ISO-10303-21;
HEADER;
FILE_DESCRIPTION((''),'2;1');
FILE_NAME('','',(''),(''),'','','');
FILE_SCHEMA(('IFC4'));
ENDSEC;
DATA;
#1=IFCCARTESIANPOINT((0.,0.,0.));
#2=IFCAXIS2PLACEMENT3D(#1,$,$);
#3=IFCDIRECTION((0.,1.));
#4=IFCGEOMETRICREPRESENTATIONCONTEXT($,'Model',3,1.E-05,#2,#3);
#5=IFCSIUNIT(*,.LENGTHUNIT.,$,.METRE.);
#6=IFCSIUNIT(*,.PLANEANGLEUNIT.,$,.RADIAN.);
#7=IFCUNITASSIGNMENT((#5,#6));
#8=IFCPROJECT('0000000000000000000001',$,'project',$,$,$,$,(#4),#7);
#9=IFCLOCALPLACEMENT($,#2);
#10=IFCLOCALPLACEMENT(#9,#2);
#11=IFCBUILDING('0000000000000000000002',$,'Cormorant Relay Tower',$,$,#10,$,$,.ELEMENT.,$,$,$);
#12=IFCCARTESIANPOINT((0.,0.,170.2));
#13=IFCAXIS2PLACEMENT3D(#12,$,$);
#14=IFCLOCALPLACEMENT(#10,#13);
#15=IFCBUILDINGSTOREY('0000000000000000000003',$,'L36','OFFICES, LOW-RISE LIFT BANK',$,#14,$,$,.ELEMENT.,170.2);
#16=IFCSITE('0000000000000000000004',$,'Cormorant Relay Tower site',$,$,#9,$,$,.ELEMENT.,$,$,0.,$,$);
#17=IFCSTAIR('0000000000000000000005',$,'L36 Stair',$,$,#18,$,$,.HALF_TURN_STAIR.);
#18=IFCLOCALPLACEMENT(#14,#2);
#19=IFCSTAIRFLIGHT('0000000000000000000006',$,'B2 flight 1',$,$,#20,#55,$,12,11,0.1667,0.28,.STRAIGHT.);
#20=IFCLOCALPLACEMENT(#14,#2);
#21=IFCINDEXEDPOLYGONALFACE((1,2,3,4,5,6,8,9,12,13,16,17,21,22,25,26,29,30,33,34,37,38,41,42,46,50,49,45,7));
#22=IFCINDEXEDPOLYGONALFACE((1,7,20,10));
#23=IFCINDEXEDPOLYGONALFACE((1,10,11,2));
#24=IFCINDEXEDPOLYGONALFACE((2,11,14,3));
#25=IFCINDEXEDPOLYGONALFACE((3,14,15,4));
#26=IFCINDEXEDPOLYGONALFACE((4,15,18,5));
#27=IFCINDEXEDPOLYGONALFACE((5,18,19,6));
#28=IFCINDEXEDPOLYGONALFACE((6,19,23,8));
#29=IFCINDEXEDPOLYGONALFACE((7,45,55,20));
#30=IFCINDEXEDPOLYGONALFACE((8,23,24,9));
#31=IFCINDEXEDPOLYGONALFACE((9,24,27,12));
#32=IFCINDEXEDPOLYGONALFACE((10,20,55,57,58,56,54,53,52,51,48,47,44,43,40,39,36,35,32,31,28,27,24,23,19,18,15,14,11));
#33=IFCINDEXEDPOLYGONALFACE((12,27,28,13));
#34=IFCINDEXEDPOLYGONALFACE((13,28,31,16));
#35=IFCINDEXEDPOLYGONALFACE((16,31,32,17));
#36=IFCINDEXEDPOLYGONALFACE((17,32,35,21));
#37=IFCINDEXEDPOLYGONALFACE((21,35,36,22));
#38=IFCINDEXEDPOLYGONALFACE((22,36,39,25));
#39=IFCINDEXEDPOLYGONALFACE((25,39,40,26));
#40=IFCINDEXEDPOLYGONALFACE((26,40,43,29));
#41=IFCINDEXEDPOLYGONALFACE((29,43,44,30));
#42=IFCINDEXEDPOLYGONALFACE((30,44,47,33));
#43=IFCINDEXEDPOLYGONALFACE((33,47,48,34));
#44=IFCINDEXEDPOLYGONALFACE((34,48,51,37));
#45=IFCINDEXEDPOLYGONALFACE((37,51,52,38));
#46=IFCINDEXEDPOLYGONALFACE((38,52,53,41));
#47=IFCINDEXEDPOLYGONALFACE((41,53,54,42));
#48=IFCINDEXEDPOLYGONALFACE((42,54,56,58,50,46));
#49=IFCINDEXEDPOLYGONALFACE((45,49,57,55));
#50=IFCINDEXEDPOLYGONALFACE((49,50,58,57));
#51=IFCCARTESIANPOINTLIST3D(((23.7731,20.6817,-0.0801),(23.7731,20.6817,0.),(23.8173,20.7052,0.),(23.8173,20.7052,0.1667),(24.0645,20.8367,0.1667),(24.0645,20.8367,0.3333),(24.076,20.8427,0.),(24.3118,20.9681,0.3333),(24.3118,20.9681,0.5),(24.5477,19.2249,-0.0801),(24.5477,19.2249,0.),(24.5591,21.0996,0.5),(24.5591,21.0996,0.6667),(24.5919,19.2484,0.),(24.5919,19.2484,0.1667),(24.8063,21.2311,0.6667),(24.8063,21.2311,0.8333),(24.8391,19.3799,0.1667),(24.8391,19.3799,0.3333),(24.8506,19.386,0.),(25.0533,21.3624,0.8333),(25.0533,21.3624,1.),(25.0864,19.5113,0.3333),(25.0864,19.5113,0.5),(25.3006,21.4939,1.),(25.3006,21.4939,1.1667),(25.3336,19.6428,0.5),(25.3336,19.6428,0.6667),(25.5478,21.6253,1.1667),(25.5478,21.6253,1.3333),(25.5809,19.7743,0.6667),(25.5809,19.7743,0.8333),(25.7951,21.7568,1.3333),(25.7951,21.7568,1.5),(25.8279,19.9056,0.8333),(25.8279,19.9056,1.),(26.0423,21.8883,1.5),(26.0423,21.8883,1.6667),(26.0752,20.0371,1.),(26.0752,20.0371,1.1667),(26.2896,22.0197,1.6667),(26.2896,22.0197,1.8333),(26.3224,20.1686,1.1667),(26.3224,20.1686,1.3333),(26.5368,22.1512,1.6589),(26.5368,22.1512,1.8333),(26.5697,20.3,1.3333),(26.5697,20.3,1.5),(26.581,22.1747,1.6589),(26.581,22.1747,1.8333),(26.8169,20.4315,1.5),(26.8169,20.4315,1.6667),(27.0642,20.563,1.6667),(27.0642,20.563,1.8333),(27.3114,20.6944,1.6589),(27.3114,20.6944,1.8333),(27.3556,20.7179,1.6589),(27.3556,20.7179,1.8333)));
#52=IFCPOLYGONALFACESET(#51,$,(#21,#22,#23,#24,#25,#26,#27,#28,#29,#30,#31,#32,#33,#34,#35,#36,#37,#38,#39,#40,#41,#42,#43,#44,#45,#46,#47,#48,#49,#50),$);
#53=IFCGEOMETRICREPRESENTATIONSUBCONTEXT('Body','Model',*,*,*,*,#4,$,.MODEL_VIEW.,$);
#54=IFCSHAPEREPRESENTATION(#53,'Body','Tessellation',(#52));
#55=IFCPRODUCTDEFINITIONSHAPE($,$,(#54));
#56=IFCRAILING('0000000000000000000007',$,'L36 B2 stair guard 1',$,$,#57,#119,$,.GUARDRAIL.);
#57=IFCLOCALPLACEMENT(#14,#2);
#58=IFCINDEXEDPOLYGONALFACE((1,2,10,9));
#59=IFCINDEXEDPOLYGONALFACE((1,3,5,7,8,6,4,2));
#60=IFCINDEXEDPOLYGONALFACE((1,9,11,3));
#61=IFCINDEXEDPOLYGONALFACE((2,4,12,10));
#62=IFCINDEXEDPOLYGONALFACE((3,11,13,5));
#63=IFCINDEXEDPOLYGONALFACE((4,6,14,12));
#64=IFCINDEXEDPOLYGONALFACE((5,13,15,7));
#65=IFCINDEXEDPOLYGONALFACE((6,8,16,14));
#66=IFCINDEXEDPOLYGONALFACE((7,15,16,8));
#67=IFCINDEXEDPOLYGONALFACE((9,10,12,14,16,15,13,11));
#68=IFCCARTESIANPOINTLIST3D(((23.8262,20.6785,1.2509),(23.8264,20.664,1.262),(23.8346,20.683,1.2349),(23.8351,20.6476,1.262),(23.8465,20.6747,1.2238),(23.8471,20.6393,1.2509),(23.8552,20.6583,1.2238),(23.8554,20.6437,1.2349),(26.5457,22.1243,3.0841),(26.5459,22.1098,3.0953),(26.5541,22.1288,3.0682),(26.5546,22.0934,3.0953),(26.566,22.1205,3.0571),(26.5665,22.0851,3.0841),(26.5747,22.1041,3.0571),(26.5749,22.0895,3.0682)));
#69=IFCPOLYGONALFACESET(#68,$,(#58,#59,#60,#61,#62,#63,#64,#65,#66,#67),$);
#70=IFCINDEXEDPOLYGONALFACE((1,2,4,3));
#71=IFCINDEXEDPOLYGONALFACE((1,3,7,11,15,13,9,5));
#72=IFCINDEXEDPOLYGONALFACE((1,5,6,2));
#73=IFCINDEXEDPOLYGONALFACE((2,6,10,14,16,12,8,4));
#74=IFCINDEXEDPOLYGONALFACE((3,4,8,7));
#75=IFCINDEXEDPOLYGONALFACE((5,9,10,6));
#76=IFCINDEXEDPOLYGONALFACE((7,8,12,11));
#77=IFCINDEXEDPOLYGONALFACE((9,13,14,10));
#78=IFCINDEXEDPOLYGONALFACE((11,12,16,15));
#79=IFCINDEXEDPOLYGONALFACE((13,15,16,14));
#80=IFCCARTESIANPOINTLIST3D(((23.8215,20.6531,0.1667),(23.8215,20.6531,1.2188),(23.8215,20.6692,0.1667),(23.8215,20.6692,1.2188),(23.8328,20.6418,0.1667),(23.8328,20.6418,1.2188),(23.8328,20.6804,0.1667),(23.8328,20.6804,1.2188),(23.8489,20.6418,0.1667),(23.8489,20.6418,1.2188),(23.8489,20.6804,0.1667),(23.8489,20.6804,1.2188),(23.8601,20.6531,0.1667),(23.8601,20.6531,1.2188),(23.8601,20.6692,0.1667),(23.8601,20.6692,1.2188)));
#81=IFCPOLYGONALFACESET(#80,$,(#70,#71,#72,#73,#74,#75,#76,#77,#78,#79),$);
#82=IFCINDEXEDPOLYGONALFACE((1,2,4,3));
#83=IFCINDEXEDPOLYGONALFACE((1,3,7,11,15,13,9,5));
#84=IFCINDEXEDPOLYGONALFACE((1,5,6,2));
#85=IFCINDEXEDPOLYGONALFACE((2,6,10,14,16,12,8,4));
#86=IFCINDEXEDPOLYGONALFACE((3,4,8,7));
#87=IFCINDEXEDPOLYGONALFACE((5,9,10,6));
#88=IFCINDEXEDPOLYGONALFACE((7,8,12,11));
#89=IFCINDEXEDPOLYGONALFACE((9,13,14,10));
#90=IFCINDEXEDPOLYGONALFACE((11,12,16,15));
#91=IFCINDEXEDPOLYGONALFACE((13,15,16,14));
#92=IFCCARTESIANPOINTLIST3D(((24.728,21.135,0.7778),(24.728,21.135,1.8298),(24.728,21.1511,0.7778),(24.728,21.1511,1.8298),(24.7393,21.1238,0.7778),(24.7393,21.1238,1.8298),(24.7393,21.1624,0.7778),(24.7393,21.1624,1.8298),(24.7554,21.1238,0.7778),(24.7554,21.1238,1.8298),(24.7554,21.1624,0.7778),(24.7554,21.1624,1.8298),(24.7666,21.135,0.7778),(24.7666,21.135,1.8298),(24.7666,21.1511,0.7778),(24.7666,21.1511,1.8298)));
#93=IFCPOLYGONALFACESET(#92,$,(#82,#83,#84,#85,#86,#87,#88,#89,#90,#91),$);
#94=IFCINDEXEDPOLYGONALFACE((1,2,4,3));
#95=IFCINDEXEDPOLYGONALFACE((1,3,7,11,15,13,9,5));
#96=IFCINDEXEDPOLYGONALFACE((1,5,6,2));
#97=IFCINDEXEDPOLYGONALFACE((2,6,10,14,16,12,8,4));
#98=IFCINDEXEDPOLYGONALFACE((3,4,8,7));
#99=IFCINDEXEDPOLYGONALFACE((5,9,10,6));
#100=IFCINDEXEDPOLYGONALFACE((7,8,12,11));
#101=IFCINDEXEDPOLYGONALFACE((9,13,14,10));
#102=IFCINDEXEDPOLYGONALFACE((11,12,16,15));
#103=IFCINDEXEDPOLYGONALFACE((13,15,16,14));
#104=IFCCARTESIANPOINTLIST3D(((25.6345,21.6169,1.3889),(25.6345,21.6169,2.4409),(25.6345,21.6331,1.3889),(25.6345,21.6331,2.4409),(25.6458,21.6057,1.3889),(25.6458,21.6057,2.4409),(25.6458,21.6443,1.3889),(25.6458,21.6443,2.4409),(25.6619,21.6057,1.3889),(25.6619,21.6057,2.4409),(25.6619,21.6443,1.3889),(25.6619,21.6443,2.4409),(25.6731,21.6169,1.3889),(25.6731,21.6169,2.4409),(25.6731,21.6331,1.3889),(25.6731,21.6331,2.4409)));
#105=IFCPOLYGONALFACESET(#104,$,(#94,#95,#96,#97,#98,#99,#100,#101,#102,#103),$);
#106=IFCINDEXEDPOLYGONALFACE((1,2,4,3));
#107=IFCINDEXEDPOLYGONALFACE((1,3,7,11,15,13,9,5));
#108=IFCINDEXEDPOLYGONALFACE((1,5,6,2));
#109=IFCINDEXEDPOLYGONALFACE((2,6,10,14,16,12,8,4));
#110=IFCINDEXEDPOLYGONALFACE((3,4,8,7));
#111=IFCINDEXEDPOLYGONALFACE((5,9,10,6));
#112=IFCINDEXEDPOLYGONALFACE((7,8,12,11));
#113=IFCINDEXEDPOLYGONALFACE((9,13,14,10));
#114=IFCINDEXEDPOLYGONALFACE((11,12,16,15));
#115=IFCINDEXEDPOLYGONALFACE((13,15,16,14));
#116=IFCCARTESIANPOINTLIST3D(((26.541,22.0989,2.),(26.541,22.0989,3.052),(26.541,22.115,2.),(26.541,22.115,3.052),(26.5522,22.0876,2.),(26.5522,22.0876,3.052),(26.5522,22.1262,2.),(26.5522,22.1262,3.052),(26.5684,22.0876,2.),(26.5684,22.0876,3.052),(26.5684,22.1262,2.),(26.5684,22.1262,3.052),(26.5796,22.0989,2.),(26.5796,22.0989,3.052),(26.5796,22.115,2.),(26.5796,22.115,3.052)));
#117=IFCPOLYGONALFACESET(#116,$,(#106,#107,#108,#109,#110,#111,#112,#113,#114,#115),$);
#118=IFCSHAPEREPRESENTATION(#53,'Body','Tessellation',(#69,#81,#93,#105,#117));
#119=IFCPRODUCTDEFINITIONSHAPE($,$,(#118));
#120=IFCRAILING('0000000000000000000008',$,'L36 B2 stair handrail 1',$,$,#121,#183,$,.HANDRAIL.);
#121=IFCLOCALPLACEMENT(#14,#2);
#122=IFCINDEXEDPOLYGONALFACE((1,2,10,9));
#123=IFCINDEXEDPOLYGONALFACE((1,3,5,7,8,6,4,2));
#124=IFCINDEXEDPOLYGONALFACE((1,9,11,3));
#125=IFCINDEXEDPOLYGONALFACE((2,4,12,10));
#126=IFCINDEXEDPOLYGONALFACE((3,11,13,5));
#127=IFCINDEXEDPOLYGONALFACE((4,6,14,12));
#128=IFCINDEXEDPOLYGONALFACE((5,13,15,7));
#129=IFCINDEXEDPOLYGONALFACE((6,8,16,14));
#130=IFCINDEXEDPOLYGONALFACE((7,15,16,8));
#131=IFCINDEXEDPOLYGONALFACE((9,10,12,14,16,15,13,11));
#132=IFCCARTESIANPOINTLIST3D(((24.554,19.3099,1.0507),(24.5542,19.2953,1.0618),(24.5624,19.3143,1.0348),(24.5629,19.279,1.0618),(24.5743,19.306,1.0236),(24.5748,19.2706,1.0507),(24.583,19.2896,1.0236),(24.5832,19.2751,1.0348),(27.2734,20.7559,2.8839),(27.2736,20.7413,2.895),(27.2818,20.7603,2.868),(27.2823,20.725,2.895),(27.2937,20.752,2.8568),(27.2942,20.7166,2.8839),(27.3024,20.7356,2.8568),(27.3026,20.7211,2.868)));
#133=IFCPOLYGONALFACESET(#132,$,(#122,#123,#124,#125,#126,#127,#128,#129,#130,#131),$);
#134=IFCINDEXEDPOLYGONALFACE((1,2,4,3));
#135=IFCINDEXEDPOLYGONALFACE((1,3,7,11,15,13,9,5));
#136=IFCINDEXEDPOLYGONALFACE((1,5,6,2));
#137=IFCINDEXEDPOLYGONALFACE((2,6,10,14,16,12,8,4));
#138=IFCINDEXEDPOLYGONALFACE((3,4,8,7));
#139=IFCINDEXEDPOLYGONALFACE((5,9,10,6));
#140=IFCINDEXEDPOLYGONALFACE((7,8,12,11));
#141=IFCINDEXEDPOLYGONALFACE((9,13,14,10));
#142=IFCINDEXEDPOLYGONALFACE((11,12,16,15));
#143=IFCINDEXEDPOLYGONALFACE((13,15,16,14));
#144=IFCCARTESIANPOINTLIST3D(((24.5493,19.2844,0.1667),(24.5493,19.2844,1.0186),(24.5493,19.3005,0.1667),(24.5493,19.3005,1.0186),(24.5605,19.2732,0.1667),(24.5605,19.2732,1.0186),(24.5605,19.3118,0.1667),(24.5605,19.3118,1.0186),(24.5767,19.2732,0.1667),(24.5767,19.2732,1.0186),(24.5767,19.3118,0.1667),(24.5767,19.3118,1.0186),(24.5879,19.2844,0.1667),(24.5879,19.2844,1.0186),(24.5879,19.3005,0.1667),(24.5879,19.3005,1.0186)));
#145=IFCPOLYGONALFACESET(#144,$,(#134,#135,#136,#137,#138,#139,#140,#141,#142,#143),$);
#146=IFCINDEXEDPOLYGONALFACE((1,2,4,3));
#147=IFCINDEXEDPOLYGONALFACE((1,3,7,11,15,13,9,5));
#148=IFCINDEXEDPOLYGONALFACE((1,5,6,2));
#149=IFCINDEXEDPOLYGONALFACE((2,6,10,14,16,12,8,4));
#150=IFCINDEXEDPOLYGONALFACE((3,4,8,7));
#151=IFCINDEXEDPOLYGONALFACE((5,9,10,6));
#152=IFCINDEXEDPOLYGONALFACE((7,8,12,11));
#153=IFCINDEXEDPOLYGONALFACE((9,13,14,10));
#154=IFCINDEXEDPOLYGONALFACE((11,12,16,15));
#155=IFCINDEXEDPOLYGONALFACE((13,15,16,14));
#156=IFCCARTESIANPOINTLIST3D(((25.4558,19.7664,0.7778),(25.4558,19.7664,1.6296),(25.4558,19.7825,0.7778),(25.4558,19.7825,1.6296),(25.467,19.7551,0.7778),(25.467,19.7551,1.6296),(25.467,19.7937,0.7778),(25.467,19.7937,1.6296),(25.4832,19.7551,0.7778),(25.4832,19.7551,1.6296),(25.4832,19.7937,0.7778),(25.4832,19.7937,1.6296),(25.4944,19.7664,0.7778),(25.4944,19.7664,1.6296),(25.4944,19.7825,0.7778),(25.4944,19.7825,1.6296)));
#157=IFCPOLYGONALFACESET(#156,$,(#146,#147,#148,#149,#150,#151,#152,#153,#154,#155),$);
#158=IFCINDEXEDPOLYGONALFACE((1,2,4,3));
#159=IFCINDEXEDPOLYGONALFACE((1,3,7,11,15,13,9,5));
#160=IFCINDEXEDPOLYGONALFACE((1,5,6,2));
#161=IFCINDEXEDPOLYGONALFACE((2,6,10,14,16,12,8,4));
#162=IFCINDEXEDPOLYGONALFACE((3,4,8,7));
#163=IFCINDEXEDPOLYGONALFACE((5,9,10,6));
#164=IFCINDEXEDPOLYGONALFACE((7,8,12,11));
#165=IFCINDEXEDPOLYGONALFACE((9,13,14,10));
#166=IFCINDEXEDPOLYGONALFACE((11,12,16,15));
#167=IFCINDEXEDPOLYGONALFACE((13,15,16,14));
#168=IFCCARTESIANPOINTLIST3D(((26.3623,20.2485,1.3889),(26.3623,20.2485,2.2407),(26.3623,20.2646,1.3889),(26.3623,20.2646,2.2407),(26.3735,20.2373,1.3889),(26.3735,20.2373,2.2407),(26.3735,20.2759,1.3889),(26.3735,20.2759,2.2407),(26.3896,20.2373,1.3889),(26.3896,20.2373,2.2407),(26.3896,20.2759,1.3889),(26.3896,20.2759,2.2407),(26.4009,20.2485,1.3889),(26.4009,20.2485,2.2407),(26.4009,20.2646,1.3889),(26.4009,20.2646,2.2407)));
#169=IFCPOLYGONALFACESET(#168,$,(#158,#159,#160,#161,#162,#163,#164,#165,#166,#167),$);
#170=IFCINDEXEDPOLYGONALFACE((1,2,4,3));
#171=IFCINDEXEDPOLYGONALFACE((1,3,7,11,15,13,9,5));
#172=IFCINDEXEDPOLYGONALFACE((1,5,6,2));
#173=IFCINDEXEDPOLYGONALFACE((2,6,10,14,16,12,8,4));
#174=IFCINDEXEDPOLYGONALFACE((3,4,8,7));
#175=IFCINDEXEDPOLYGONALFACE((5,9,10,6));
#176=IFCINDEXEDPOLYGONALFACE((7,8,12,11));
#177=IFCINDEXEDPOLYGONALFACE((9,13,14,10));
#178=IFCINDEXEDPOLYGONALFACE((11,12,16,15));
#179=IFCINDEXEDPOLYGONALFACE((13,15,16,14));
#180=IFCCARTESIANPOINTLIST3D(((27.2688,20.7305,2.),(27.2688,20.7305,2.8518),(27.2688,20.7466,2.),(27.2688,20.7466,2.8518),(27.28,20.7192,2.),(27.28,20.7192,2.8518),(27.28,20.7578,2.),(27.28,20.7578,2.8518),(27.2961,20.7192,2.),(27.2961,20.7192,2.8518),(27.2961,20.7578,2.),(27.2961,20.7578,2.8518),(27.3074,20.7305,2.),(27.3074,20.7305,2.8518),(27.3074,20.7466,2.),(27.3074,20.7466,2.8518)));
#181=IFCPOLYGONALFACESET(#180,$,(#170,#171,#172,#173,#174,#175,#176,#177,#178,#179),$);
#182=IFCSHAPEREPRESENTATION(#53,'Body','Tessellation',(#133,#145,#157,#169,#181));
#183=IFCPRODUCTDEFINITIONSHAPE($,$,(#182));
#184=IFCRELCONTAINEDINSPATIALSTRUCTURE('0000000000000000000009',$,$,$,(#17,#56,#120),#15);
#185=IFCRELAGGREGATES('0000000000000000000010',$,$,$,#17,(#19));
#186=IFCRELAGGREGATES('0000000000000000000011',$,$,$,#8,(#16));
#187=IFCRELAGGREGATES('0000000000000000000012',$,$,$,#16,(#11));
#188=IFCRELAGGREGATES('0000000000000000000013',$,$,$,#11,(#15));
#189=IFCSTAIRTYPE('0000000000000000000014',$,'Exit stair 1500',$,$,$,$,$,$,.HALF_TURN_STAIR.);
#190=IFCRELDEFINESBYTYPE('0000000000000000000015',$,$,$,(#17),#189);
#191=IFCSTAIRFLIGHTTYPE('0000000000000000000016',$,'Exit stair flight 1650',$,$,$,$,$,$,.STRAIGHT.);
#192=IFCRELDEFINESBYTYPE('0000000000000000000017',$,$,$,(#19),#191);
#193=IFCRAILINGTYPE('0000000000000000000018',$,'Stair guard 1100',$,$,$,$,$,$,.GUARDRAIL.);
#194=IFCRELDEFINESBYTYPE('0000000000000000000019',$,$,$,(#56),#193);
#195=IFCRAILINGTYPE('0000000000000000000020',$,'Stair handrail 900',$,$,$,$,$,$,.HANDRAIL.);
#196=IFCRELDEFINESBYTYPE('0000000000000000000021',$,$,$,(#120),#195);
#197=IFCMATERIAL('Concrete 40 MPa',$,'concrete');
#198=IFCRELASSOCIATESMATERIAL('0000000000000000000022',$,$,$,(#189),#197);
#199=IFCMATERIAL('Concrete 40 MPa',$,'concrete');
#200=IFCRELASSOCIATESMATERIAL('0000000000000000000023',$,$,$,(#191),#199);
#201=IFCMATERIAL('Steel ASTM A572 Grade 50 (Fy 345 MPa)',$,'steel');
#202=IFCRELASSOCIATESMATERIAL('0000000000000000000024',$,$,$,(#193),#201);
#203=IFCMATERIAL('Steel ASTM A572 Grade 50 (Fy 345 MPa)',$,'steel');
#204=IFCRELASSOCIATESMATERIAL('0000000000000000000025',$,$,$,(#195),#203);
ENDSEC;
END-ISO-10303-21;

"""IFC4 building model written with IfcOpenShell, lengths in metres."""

from ifc_helpers import new_model, si_unit, direction, frame, origin, place, context, subcontext, project, spatial, polyline, outline, extrude, material, type_object, element, aggregate, save


model = new_model("IFC4")

# Units and contexts
model_context = context("Model", 3, precision=1e-05, world=origin(), true_north=direction((0.0, 1.0)))
body_context = subcontext(model_context, "Body", "Model", "MODEL_VIEW")
ifc_project = project(units=[si_unit("LENGTHUNIT", "METRE"), si_unit("PLANEANGLEUNIT", "RADIAN")], contexts=[model_context])

# Site, building, storey
site_placement = place(None, origin())
site = spatial("IfcSite", under=ifc_project, at=site_placement, Name="Cormorant Relay Tower site", CompositionType="ELEMENT", RefElevation=0.0)
building_placement = place(site_placement, origin())
building = spatial("IfcBuilding", under=site, at=building_placement, Name="Cormorant Relay Tower", CompositionType="ELEMENT")
storey_placement = place(building_placement, frame((0.0, 0.0, 170.2)))
storey = spatial("IfcBuildingStorey", under=building, at=storey_placement, Name="L36", Description="OFFICES, LOW-RISE LIFT BANK", CompositionType="ELEMENT", Elevation=170.2)

# Stair, stair flight
ifc_material_1 = material(Name="Concrete 40 MPa", Category="concrete")
stair_type = type_object("IfcStairType", Name="Exit stair 1500", PredefinedType="HALF_TURN_STAIR", material=ifc_material_1)
stair_placement = place(storey_placement, origin())
stair = element("IfcStair", 1, at=stair_placement, inside=storey, type_object=stair_type, Name="L36 Stair", PredefinedType="HALF_TURN_STAIR")
ifc_material_2 = material(Name="Concrete 40 MPa", Category="concrete")
stair_flight_type = type_object("IfcStairFlightType", Name="Exit stair flight 1650", PredefinedType="STRAIGHT", material=ifc_material_2)
stair_flight_placement = place(storey_placement, frame((24.2046, 19.9768, 0.0), z_axis=(0.0, 0.0, 1.0), x_axis=(0.882948, 0.469472, 0.0)))
stair_flight = element("IfcStairFlight", 2, at=stair_flight_placement, type_object=stair_flight_type, Name="B2 flight 1", NumberOfRisers=12, NumberOfTreads=11, PredefinedType="STRAIGHT", RiserHeight=0.1667, TreadLength=0.28, context=body_context, shape_type="SweptSolid", body=[
    extrude(outline(polyline([(-0.05, -0.0801), (-0.05, 0.0), (0.0, 0.0), (0.0, 0.1667), (0.28, 0.1667), (0.28, 0.3333), (0.5601, 0.3333), (0.5601, 0.5), (0.8401, 0.5), (0.8401, 0.6667), (1.1201, 0.6667), (1.1201, 0.8333), (1.3999, 0.8333), (1.3999, 1.0), (1.6799, 1.0), (1.6799, 1.1667), (1.96, 1.1667), (1.96, 1.3333), (2.24, 1.3333), (2.24, 1.5), (2.52, 1.5), (2.52, 1.6667), (2.8, 1.6667), (2.8, 1.8333), (3.0801, 1.8333), (3.1301, 1.8333), (3.1301, 1.6589), (3.0801, 1.6589), (0.293, 0.0), (-0.05, -0.0801)])), frame((0.0, 0.825, 0.0), z_axis=(0.0, -1.0, 0.0), x_axis=(1.0, 0.0, 0.0)), (0.0, 0.0, 1.0), 1.6499),
])
aggregate(stair, [stair_flight])

# Railings
ifc_material_3 = material(Name="Steel ASTM A572 Grade 50 (Fy 345 MPa)", Category="steel")
railing_type_1 = type_object("IfcRailingType", Name="Stair guard 1100", PredefinedType="GUARDRAIL", material=ifc_material_3)
railing_1_placement = place(storey_placement, frame((23.8408, 20.6611, 0.1667)))
element("IfcRailing", 3, at=railing_1_placement, inside=storey, type_object=railing_type_1, Name="L36 B2 stair guard 1", PredefinedType="GUARDRAIL", context=body_context, shape_type="SweptSolid", body=[
    extrude(outline(polyline([(0.0222, 0.0093), (0.0093, 0.0222), (-0.0093, 0.0222), (-0.0222, 0.0093), (-0.0222, -0.0093), (-0.0093, -0.0222), (0.0093, -0.0222), (0.0222, -0.0093), (0.0222, 0.0093)])), frame((0.0, 0.0, 1.0762), z_axis=(0.758735, 0.403378, 0.511477), x_axis=(-0.469428, 0.882971, 0.0)), (0.0, 0.0, 1.0), 3.5842),
    extrude(outline(polyline([(0.0193, 0.0081), (0.0081, 0.0193), (-0.0081, 0.0193), (-0.0193, 0.0081), (-0.0193, -0.0081), (-0.0081, -0.0193), (0.0081, -0.0193), (0.0193, -0.0081), (0.0193, 0.0081)])), origin(), (0.0, 0.0, 1.0), 1.052),
    extrude(outline(polyline([(0.0193, 0.0081), (0.0081, 0.0193), (-0.0081, 0.0193), (-0.0193, 0.0081), (-0.0193, -0.0081), (-0.0081, -0.0193), (0.0081, -0.0193), (0.0193, -0.0081), (0.0193, 0.0081)])), frame((0.9065, 0.4819, 0.6111)), (0.0, 0.0, 1.0), 1.052),
    extrude(outline(polyline([(0.0193, 0.0081), (0.0081, 0.0193), (-0.0081, 0.0193), (-0.0193, 0.0081), (-0.0193, -0.0081), (-0.0081, -0.0193), (0.0081, -0.0193), (0.0193, -0.0081), (0.0193, 0.0081)])), frame((1.813, 0.9639, 1.2222)), (0.0, 0.0, 1.0), 1.052),
    extrude(outline(polyline([(0.0193, 0.0081), (0.0081, 0.0193), (-0.0081, 0.0193), (-0.0193, 0.0081), (-0.0193, -0.0081), (-0.0081, -0.0193), (0.0081, -0.0193), (0.0193, -0.0081), (0.0193, 0.0081)])), frame((2.7195, 1.4458, 1.8333)), (0.0, 0.0, 1.0), 1.052),
])
ifc_material_4 = material(Name="Steel ASTM A572 Grade 50 (Fy 345 MPa)", Category="steel")
railing_type_2 = type_object("IfcRailingType", Name="Stair handrail 900", PredefinedType="HANDRAIL", material=ifc_material_4)
railing_2_placement = place(storey_placement, frame((24.5686, 19.2925, 0.1667)))
element("IfcRailing", 4, at=railing_2_placement, inside=storey, type_object=railing_type_2, Name="L36 B2 stair handrail 1", PredefinedType="HANDRAIL", context=body_context, shape_type="SweptSolid", body=[
    extrude(outline(polyline([(0.0222, 0.0093), (0.0093, 0.0222), (-0.0093, 0.0222), (-0.0222, 0.0093), (-0.0222, -0.0093), (-0.0093, -0.0222), (0.0093, -0.0222), (0.0222, -0.0093), (0.0222, 0.0093)])), frame((0.0, 0.0, 0.876), z_axis=(0.758714, 0.403435, 0.511463), x_axis=(-0.469489, 0.882938, 0.0)), (0.0, 0.0, 1.0), 3.5842),
    extrude(outline(polyline([(0.0193, 0.0081), (0.0081, 0.0193), (-0.0081, 0.0193), (-0.0193, 0.0081), (-0.0193, -0.0081), (-0.0081, -0.0193), (0.0081, -0.0193), (0.0193, -0.0081), (0.0193, 0.0081)])), origin(), (0.0, 0.0, 1.0), 0.8518),
    extrude(outline(polyline([(0.0193, 0.0081), (0.0081, 0.0193), (-0.0081, 0.0193), (-0.0193, 0.0081), (-0.0193, -0.0081), (-0.0081, -0.0193), (0.0081, -0.0193), (0.0193, -0.0081), (0.0193, 0.0081)])), frame((0.9065, 0.4819, 0.6111)), (0.0, 0.0, 1.0), 0.8518),
    extrude(outline(polyline([(0.0193, 0.0081), (0.0081, 0.0193), (-0.0081, 0.0193), (-0.0193, 0.0081), (-0.0193, -0.0081), (-0.0081, -0.0193), (0.0081, -0.0193), (0.0193, -0.0081), (0.0193, 0.0081)])), frame((1.813, 0.9641, 1.2222)), (0.0, 0.0, 1.0), 0.8518),
    extrude(outline(polyline([(0.0193, 0.0081), (0.0081, 0.0193), (-0.0081, 0.0193), (-0.0193, 0.0081), (-0.0193, -0.0081), (-0.0081, -0.0193), (0.0081, -0.0193), (0.0193, -0.0081), (0.0193, 0.0081)])), frame((2.7195, 1.446, 1.8333)), (0.0, 0.0, 1.0), 0.8518),
])

save(model, "model.ifc")
